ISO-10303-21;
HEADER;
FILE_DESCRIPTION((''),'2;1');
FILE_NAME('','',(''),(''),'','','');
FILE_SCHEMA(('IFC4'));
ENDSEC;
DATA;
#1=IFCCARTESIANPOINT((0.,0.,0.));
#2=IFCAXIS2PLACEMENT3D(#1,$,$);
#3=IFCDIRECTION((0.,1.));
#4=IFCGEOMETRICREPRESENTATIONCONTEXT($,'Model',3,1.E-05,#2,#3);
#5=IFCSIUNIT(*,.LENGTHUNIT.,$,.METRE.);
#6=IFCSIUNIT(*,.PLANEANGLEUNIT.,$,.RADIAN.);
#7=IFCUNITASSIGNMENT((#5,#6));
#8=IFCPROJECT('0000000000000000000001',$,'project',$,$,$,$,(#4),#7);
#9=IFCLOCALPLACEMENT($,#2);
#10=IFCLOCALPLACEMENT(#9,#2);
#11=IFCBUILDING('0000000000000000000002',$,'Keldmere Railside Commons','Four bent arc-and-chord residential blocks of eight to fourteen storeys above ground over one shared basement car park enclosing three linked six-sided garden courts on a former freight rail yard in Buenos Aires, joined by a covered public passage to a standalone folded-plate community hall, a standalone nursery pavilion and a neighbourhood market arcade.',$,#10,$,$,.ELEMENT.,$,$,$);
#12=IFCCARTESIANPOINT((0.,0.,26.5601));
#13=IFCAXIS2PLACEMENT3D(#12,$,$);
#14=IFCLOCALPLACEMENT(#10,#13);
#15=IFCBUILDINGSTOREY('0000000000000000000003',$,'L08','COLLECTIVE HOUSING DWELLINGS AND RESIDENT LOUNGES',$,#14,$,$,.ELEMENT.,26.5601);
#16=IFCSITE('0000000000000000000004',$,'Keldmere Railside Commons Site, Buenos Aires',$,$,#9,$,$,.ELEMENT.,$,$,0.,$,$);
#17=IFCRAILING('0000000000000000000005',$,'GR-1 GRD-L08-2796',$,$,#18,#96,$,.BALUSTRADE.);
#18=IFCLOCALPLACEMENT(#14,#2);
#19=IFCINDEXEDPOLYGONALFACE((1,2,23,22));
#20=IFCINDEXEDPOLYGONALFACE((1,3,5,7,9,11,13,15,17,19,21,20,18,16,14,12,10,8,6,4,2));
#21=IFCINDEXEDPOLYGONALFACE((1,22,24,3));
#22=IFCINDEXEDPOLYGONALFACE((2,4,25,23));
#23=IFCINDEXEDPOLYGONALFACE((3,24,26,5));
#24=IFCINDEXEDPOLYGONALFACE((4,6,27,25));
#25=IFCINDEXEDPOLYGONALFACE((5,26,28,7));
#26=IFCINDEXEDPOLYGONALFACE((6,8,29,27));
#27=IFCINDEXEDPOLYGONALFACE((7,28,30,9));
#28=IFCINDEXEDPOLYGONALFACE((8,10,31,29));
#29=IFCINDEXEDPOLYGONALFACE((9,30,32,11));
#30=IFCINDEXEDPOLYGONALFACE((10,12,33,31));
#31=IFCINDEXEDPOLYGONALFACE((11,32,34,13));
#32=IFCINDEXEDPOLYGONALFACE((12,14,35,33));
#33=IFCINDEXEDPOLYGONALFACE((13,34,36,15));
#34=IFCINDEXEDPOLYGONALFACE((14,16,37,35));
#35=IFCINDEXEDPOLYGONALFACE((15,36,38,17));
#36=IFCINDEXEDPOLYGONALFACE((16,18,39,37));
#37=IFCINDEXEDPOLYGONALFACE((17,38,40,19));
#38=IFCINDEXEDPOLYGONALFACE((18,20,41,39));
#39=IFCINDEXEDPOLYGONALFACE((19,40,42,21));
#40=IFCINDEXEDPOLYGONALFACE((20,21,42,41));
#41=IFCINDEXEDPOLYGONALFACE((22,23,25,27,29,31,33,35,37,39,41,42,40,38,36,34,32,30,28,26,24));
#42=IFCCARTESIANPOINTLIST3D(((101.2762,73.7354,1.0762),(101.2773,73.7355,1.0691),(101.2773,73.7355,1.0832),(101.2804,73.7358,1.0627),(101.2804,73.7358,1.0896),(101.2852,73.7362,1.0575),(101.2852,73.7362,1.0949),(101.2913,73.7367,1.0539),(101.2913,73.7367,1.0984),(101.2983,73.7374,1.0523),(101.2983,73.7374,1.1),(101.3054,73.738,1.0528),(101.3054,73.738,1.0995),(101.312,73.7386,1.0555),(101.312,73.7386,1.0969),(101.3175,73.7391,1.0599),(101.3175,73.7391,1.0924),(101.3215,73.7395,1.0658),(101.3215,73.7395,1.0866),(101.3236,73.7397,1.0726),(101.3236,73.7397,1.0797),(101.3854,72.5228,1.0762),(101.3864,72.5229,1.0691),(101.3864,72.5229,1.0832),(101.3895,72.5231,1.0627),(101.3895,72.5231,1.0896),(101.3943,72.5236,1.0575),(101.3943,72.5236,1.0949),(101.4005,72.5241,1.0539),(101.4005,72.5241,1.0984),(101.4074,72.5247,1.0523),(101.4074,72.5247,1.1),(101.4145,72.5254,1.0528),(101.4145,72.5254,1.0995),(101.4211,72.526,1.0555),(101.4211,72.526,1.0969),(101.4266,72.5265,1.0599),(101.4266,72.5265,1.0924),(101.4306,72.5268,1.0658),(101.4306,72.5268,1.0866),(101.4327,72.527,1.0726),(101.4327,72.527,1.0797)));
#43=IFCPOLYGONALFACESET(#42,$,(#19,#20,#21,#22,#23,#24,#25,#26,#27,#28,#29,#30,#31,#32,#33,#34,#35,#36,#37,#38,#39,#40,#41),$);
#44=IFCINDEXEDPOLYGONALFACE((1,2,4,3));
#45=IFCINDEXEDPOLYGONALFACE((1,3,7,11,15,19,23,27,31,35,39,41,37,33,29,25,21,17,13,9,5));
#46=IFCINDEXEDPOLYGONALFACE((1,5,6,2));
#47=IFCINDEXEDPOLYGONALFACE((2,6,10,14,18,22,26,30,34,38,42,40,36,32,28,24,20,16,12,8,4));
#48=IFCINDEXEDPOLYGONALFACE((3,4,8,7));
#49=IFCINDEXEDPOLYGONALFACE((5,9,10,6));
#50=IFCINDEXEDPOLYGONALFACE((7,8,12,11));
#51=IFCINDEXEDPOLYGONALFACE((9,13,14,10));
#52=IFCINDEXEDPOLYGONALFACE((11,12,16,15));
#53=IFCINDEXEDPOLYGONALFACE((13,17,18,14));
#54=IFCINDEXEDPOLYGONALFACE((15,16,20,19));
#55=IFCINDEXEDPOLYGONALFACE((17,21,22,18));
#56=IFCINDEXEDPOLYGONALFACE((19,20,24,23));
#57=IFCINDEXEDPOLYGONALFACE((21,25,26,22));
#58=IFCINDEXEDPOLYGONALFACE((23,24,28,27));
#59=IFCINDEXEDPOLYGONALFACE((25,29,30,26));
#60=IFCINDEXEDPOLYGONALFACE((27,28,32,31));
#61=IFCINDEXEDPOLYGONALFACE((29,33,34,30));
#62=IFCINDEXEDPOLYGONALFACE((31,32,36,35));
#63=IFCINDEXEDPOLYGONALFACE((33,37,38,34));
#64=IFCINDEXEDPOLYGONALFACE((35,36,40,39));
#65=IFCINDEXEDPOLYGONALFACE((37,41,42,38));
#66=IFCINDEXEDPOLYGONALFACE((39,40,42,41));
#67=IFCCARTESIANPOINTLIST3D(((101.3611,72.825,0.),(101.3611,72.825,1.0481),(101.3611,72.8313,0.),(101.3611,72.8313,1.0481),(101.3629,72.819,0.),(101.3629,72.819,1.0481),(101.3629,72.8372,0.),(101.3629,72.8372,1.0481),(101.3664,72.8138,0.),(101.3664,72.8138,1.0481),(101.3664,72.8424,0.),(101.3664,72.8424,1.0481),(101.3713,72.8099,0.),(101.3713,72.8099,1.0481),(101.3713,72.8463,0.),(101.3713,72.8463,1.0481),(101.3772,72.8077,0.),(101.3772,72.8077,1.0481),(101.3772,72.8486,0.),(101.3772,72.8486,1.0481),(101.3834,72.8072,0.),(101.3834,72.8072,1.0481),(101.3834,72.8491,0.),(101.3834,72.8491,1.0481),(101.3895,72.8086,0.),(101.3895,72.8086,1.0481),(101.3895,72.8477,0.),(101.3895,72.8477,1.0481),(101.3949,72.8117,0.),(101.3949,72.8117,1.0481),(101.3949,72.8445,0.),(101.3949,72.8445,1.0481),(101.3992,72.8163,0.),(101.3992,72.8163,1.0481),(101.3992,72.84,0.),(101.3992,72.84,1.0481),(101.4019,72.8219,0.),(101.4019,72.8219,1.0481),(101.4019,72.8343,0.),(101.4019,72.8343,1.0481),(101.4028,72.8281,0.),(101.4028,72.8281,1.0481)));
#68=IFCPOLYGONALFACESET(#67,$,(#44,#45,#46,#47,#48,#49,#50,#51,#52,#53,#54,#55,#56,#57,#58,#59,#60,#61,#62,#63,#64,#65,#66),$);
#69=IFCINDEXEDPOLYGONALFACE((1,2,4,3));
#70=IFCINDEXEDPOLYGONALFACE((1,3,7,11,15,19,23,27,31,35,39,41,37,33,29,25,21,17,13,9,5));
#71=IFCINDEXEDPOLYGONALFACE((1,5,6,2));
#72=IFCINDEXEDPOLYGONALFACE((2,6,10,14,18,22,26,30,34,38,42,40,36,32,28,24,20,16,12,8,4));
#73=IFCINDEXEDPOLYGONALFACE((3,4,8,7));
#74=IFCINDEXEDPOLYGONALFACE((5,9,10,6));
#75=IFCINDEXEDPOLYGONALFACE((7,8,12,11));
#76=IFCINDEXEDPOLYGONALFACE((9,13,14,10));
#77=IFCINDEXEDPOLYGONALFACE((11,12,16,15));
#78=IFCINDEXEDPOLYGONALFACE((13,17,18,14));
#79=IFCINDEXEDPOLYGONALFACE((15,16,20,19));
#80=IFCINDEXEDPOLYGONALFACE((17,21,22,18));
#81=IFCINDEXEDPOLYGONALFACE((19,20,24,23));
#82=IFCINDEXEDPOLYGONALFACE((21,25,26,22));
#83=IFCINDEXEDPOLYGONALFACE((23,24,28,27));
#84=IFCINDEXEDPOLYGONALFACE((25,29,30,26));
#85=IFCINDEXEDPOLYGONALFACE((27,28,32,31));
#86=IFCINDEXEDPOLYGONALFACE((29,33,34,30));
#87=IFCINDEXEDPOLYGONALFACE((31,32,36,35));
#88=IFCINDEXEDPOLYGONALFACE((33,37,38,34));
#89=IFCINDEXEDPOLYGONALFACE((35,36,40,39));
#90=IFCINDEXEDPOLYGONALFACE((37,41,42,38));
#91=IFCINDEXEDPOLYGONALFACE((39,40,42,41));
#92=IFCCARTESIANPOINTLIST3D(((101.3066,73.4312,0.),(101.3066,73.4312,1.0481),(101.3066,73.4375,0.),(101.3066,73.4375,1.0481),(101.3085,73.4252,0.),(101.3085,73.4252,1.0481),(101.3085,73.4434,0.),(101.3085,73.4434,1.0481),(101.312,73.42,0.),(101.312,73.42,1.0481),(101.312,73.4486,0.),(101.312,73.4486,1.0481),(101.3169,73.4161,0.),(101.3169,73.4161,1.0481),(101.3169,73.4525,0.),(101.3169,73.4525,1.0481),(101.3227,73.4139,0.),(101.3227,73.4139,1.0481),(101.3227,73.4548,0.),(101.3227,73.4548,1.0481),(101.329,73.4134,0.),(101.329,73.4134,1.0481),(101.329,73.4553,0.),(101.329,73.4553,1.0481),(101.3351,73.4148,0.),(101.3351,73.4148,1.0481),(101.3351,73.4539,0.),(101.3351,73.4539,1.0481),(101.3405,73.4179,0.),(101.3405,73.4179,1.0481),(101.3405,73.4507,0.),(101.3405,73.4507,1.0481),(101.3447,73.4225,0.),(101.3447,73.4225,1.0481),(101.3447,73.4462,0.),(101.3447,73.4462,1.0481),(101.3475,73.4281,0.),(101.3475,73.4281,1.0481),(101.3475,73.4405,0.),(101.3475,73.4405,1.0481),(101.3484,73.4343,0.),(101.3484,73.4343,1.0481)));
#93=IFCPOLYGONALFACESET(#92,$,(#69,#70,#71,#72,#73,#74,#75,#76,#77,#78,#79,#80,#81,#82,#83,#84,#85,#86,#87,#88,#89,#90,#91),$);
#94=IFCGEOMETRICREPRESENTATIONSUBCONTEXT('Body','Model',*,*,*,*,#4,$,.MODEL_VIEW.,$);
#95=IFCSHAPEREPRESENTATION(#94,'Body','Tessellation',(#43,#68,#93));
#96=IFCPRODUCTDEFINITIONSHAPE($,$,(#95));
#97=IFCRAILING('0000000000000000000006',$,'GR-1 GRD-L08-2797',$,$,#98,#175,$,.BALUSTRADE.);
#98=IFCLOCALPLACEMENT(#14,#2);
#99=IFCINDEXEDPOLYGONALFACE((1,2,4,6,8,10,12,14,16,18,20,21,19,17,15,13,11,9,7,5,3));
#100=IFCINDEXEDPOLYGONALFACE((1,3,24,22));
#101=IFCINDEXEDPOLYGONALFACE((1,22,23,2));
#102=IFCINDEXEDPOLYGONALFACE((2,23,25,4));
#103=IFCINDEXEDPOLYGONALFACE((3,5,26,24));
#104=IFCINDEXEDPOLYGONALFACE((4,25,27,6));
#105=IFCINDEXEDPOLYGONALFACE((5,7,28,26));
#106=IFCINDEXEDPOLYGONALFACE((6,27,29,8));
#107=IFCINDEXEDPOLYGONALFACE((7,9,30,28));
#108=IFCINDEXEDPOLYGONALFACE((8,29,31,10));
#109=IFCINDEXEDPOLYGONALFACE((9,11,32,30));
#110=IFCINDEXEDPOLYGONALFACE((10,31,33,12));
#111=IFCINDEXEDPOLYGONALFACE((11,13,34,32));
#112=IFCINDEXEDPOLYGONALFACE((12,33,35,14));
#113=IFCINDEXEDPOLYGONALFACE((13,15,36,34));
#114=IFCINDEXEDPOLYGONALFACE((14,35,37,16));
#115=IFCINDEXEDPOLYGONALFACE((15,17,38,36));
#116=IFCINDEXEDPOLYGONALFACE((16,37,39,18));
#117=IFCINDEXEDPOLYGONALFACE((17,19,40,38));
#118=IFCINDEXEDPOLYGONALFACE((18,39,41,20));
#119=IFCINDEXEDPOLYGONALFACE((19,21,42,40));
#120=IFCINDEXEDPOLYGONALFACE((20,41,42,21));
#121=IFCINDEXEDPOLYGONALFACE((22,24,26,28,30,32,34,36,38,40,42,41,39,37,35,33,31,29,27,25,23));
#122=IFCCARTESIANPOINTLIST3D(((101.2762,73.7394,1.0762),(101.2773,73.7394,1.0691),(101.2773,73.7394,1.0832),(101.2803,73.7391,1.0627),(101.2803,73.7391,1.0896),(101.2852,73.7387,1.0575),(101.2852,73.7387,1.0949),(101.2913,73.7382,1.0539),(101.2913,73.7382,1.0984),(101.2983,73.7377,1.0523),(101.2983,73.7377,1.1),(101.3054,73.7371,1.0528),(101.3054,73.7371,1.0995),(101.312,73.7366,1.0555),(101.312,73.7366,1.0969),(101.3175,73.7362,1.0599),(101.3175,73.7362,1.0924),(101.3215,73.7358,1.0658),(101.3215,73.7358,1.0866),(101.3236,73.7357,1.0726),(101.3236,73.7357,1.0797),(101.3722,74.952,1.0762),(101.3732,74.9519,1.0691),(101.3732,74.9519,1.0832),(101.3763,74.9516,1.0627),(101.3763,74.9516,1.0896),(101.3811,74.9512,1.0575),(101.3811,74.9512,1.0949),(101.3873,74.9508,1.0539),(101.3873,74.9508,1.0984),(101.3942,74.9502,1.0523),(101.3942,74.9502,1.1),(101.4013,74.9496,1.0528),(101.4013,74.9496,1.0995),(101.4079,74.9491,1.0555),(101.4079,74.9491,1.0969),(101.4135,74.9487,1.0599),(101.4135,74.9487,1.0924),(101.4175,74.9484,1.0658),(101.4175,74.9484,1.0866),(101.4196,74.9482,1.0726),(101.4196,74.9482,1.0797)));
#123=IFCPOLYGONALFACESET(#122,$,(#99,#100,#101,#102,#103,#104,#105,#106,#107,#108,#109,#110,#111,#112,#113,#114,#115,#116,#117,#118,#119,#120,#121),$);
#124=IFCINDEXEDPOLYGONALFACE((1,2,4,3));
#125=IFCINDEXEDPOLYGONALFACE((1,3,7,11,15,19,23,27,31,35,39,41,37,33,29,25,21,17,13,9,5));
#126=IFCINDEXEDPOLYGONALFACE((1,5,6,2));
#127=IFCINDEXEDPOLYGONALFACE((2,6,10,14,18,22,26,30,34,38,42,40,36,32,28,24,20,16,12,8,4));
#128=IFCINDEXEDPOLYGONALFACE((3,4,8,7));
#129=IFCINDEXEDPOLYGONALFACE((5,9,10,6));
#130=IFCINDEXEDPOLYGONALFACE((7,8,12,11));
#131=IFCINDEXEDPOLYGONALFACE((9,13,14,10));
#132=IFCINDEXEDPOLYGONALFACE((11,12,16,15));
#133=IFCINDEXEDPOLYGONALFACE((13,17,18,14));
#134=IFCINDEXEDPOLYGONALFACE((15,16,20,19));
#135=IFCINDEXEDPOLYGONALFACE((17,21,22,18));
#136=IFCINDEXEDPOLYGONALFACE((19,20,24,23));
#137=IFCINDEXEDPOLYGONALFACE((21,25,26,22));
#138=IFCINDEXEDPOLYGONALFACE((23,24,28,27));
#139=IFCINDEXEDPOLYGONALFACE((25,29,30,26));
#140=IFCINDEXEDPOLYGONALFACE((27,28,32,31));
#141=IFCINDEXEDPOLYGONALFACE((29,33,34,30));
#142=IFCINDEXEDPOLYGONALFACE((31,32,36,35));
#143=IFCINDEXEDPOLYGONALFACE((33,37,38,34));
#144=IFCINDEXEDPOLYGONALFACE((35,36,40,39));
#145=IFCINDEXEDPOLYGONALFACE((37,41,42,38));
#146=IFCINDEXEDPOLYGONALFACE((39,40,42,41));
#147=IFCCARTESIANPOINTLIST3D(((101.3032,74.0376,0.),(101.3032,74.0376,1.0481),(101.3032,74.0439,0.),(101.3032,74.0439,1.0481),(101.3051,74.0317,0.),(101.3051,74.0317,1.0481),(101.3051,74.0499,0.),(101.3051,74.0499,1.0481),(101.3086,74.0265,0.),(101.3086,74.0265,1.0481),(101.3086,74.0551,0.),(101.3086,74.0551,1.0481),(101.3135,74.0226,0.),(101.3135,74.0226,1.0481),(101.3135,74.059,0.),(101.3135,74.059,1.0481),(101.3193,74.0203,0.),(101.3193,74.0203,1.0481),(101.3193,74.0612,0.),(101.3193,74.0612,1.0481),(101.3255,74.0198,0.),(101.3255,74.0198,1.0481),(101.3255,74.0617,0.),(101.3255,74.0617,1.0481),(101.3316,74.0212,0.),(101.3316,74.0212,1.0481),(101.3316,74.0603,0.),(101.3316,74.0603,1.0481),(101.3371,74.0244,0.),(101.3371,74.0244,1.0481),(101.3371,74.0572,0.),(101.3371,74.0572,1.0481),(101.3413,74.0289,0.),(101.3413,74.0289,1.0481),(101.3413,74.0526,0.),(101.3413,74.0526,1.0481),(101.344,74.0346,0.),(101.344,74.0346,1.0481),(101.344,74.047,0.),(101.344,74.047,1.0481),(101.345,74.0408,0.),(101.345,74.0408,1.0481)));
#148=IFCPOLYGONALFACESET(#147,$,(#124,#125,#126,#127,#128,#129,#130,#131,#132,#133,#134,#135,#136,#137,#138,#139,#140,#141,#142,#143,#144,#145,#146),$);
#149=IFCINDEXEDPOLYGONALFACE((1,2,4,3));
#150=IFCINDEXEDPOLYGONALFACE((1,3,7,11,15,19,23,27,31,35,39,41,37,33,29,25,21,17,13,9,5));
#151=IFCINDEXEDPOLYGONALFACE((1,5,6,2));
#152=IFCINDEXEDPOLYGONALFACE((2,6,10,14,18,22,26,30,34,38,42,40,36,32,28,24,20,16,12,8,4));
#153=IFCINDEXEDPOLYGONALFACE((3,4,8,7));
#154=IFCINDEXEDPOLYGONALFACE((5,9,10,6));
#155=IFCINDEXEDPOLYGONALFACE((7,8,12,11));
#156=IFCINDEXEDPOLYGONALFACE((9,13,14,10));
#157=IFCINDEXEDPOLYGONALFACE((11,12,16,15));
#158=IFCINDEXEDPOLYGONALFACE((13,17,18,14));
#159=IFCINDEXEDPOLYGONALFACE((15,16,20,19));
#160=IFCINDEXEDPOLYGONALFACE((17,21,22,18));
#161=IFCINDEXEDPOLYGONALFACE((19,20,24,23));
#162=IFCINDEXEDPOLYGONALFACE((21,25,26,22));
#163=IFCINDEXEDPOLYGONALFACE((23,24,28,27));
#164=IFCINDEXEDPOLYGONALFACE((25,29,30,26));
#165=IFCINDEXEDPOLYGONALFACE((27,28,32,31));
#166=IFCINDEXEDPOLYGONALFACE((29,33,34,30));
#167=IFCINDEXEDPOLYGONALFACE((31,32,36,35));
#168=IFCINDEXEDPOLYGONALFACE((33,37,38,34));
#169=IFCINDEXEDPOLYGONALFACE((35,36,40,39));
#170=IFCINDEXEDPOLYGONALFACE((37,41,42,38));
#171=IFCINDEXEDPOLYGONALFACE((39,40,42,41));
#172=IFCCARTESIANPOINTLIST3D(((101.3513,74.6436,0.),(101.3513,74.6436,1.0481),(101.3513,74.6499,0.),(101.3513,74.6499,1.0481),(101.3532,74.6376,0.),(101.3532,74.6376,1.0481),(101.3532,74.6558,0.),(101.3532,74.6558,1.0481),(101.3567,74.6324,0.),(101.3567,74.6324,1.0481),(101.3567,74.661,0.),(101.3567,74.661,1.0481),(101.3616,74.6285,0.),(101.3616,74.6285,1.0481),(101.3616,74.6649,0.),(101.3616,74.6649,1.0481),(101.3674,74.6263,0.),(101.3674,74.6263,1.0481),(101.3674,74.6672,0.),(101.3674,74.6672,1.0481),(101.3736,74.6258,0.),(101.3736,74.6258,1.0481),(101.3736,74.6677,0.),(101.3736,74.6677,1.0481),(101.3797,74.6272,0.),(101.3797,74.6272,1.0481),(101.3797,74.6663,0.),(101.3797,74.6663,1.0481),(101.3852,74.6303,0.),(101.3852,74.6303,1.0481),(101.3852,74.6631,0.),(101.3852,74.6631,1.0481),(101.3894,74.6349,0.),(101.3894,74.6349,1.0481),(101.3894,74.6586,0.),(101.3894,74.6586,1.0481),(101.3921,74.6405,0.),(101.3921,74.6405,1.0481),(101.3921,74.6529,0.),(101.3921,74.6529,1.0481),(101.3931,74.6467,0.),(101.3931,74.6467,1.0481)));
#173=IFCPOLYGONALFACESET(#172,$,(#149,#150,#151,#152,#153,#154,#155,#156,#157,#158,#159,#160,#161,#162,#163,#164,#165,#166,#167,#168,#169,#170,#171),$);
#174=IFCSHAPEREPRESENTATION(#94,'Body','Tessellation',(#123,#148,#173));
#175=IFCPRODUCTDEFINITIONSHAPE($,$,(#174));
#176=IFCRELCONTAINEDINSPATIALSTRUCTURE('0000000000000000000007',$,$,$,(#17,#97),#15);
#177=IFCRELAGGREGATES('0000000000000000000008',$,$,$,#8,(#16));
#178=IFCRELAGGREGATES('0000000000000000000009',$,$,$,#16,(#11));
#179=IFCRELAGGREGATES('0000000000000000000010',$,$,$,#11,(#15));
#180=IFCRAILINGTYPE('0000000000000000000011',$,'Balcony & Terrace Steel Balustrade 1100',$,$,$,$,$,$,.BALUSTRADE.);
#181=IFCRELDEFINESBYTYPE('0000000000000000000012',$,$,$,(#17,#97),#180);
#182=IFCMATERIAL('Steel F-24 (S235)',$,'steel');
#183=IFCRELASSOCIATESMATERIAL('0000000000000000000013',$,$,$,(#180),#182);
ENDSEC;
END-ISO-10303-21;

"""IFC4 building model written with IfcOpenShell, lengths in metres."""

from ifc_helpers import new_model, si_unit, direction, frame, origin, origin_2d, place, context, subcontext, project, spatial, circle, extrude, material, type_object, element, save


model = new_model("IFC4")

# Units and contexts
model_context = context("Model", 3, precision=1e-05, world=origin(), true_north=direction((0.0, 1.0)))
body_context = subcontext(model_context, "Body", "Model", "MODEL_VIEW")
ifc_project = project(units=[si_unit("LENGTHUNIT", "METRE"), si_unit("PLANEANGLEUNIT", "RADIAN")], contexts=[model_context])

# Site, building, storey
site_placement = place(None, origin())
site = spatial("IfcSite", under=ifc_project, at=site_placement, Name="Keldmere Railside Commons Site, Buenos Aires", CompositionType="ELEMENT", RefElevation=0.0)
building_placement = place(site_placement, origin())
building = spatial("IfcBuilding", under=site, at=building_placement, Name="Keldmere Railside Commons", Description="Four bent arc-and-chord residential blocks of eight to fourteen storeys above ground over one shared basement car park enclosing three linked six-sided garden courts on a former freight rail yard in Buenos Aires, joined by a covered public passage to a standalone folded-plate community hall, a standalone nursery pavilion and a neighbourhood market arcade.", CompositionType="ELEMENT")
storey_placement = place(building_placement, frame((0.0, 0.0, 26.5601)))
storey = spatial("IfcBuildingStorey", under=building, at=storey_placement, Name="L08", Description="COLLECTIVE HOUSING DWELLINGS AND RESIDENT LOUNGES", CompositionType="ELEMENT", Elevation=26.5601)

# Railings
ifc_material_1 = material(Name="Steel F-24 (S235)", Category="steel")
railing_type_1 = type_object("IfcRailingType", Name="Balcony & Terrace Steel Balustrade 1100", PredefinedType="BALUSTRADE", material=ifc_material_1)
railing_1_placement = place(storey_placement, frame((101.4092, 72.5249, 0.0)))
element("IfcRailing", 1, at=railing_1_placement, inside=storey, type_object=railing_type_1, Name="GR-1 GRD-L08-2796", PredefinedType="BALUSTRADE", context=body_context, shape_type="SweptSolid", body=[
    extrude(circle(Radius=0.0239, at=origin_2d()), frame((0.0, 0.0, 1.0762), z_axis=(-0.089632, 0.995975, 0.0), x_axis=(-0.995975, -0.089632, 0.0)), (0.0, 0.0, 1.0), 1.2175),
    extrude(circle(Radius=0.021, at=origin_2d()), frame((-0.0273, 0.3032, 0.0)), (0.0, 0.0, 1.0), 1.0481),
    extrude(circle(Radius=0.021, at=origin_2d()), frame((-0.0818, 0.9094, 0.0)), (0.0, 0.0, 1.0), 1.0481),
])
railing_2_placement = place(storey_placement, frame((101.3, 73.7375, 0.0)))
element("IfcRailing", 2, at=railing_2_placement, inside=storey, type_object=railing_type_1, Name="GR-1 GRD-L08-2797", PredefinedType="BALUSTRADE", context=body_context, shape_type="SweptSolid", body=[
    extrude(circle(Radius=0.0239, at=origin_2d()), frame((0.0, 0.0, 1.0762), z_axis=(0.078891, 0.996883, 0.0), x_axis=(-0.996883, 0.078891, 0.0)), (0.0, 0.0, 1.0), 1.2163),
    extrude(circle(Radius=0.021, at=origin_2d()), frame((0.0239, 0.3032, 0.0)), (0.0, 0.0, 1.0), 1.0481),
    extrude(circle(Radius=0.021, at=origin_2d()), frame((0.072, 0.9092, 0.0)), (0.0, 0.0, 1.0), 1.0481),
])

save(model, "model.ifc")
